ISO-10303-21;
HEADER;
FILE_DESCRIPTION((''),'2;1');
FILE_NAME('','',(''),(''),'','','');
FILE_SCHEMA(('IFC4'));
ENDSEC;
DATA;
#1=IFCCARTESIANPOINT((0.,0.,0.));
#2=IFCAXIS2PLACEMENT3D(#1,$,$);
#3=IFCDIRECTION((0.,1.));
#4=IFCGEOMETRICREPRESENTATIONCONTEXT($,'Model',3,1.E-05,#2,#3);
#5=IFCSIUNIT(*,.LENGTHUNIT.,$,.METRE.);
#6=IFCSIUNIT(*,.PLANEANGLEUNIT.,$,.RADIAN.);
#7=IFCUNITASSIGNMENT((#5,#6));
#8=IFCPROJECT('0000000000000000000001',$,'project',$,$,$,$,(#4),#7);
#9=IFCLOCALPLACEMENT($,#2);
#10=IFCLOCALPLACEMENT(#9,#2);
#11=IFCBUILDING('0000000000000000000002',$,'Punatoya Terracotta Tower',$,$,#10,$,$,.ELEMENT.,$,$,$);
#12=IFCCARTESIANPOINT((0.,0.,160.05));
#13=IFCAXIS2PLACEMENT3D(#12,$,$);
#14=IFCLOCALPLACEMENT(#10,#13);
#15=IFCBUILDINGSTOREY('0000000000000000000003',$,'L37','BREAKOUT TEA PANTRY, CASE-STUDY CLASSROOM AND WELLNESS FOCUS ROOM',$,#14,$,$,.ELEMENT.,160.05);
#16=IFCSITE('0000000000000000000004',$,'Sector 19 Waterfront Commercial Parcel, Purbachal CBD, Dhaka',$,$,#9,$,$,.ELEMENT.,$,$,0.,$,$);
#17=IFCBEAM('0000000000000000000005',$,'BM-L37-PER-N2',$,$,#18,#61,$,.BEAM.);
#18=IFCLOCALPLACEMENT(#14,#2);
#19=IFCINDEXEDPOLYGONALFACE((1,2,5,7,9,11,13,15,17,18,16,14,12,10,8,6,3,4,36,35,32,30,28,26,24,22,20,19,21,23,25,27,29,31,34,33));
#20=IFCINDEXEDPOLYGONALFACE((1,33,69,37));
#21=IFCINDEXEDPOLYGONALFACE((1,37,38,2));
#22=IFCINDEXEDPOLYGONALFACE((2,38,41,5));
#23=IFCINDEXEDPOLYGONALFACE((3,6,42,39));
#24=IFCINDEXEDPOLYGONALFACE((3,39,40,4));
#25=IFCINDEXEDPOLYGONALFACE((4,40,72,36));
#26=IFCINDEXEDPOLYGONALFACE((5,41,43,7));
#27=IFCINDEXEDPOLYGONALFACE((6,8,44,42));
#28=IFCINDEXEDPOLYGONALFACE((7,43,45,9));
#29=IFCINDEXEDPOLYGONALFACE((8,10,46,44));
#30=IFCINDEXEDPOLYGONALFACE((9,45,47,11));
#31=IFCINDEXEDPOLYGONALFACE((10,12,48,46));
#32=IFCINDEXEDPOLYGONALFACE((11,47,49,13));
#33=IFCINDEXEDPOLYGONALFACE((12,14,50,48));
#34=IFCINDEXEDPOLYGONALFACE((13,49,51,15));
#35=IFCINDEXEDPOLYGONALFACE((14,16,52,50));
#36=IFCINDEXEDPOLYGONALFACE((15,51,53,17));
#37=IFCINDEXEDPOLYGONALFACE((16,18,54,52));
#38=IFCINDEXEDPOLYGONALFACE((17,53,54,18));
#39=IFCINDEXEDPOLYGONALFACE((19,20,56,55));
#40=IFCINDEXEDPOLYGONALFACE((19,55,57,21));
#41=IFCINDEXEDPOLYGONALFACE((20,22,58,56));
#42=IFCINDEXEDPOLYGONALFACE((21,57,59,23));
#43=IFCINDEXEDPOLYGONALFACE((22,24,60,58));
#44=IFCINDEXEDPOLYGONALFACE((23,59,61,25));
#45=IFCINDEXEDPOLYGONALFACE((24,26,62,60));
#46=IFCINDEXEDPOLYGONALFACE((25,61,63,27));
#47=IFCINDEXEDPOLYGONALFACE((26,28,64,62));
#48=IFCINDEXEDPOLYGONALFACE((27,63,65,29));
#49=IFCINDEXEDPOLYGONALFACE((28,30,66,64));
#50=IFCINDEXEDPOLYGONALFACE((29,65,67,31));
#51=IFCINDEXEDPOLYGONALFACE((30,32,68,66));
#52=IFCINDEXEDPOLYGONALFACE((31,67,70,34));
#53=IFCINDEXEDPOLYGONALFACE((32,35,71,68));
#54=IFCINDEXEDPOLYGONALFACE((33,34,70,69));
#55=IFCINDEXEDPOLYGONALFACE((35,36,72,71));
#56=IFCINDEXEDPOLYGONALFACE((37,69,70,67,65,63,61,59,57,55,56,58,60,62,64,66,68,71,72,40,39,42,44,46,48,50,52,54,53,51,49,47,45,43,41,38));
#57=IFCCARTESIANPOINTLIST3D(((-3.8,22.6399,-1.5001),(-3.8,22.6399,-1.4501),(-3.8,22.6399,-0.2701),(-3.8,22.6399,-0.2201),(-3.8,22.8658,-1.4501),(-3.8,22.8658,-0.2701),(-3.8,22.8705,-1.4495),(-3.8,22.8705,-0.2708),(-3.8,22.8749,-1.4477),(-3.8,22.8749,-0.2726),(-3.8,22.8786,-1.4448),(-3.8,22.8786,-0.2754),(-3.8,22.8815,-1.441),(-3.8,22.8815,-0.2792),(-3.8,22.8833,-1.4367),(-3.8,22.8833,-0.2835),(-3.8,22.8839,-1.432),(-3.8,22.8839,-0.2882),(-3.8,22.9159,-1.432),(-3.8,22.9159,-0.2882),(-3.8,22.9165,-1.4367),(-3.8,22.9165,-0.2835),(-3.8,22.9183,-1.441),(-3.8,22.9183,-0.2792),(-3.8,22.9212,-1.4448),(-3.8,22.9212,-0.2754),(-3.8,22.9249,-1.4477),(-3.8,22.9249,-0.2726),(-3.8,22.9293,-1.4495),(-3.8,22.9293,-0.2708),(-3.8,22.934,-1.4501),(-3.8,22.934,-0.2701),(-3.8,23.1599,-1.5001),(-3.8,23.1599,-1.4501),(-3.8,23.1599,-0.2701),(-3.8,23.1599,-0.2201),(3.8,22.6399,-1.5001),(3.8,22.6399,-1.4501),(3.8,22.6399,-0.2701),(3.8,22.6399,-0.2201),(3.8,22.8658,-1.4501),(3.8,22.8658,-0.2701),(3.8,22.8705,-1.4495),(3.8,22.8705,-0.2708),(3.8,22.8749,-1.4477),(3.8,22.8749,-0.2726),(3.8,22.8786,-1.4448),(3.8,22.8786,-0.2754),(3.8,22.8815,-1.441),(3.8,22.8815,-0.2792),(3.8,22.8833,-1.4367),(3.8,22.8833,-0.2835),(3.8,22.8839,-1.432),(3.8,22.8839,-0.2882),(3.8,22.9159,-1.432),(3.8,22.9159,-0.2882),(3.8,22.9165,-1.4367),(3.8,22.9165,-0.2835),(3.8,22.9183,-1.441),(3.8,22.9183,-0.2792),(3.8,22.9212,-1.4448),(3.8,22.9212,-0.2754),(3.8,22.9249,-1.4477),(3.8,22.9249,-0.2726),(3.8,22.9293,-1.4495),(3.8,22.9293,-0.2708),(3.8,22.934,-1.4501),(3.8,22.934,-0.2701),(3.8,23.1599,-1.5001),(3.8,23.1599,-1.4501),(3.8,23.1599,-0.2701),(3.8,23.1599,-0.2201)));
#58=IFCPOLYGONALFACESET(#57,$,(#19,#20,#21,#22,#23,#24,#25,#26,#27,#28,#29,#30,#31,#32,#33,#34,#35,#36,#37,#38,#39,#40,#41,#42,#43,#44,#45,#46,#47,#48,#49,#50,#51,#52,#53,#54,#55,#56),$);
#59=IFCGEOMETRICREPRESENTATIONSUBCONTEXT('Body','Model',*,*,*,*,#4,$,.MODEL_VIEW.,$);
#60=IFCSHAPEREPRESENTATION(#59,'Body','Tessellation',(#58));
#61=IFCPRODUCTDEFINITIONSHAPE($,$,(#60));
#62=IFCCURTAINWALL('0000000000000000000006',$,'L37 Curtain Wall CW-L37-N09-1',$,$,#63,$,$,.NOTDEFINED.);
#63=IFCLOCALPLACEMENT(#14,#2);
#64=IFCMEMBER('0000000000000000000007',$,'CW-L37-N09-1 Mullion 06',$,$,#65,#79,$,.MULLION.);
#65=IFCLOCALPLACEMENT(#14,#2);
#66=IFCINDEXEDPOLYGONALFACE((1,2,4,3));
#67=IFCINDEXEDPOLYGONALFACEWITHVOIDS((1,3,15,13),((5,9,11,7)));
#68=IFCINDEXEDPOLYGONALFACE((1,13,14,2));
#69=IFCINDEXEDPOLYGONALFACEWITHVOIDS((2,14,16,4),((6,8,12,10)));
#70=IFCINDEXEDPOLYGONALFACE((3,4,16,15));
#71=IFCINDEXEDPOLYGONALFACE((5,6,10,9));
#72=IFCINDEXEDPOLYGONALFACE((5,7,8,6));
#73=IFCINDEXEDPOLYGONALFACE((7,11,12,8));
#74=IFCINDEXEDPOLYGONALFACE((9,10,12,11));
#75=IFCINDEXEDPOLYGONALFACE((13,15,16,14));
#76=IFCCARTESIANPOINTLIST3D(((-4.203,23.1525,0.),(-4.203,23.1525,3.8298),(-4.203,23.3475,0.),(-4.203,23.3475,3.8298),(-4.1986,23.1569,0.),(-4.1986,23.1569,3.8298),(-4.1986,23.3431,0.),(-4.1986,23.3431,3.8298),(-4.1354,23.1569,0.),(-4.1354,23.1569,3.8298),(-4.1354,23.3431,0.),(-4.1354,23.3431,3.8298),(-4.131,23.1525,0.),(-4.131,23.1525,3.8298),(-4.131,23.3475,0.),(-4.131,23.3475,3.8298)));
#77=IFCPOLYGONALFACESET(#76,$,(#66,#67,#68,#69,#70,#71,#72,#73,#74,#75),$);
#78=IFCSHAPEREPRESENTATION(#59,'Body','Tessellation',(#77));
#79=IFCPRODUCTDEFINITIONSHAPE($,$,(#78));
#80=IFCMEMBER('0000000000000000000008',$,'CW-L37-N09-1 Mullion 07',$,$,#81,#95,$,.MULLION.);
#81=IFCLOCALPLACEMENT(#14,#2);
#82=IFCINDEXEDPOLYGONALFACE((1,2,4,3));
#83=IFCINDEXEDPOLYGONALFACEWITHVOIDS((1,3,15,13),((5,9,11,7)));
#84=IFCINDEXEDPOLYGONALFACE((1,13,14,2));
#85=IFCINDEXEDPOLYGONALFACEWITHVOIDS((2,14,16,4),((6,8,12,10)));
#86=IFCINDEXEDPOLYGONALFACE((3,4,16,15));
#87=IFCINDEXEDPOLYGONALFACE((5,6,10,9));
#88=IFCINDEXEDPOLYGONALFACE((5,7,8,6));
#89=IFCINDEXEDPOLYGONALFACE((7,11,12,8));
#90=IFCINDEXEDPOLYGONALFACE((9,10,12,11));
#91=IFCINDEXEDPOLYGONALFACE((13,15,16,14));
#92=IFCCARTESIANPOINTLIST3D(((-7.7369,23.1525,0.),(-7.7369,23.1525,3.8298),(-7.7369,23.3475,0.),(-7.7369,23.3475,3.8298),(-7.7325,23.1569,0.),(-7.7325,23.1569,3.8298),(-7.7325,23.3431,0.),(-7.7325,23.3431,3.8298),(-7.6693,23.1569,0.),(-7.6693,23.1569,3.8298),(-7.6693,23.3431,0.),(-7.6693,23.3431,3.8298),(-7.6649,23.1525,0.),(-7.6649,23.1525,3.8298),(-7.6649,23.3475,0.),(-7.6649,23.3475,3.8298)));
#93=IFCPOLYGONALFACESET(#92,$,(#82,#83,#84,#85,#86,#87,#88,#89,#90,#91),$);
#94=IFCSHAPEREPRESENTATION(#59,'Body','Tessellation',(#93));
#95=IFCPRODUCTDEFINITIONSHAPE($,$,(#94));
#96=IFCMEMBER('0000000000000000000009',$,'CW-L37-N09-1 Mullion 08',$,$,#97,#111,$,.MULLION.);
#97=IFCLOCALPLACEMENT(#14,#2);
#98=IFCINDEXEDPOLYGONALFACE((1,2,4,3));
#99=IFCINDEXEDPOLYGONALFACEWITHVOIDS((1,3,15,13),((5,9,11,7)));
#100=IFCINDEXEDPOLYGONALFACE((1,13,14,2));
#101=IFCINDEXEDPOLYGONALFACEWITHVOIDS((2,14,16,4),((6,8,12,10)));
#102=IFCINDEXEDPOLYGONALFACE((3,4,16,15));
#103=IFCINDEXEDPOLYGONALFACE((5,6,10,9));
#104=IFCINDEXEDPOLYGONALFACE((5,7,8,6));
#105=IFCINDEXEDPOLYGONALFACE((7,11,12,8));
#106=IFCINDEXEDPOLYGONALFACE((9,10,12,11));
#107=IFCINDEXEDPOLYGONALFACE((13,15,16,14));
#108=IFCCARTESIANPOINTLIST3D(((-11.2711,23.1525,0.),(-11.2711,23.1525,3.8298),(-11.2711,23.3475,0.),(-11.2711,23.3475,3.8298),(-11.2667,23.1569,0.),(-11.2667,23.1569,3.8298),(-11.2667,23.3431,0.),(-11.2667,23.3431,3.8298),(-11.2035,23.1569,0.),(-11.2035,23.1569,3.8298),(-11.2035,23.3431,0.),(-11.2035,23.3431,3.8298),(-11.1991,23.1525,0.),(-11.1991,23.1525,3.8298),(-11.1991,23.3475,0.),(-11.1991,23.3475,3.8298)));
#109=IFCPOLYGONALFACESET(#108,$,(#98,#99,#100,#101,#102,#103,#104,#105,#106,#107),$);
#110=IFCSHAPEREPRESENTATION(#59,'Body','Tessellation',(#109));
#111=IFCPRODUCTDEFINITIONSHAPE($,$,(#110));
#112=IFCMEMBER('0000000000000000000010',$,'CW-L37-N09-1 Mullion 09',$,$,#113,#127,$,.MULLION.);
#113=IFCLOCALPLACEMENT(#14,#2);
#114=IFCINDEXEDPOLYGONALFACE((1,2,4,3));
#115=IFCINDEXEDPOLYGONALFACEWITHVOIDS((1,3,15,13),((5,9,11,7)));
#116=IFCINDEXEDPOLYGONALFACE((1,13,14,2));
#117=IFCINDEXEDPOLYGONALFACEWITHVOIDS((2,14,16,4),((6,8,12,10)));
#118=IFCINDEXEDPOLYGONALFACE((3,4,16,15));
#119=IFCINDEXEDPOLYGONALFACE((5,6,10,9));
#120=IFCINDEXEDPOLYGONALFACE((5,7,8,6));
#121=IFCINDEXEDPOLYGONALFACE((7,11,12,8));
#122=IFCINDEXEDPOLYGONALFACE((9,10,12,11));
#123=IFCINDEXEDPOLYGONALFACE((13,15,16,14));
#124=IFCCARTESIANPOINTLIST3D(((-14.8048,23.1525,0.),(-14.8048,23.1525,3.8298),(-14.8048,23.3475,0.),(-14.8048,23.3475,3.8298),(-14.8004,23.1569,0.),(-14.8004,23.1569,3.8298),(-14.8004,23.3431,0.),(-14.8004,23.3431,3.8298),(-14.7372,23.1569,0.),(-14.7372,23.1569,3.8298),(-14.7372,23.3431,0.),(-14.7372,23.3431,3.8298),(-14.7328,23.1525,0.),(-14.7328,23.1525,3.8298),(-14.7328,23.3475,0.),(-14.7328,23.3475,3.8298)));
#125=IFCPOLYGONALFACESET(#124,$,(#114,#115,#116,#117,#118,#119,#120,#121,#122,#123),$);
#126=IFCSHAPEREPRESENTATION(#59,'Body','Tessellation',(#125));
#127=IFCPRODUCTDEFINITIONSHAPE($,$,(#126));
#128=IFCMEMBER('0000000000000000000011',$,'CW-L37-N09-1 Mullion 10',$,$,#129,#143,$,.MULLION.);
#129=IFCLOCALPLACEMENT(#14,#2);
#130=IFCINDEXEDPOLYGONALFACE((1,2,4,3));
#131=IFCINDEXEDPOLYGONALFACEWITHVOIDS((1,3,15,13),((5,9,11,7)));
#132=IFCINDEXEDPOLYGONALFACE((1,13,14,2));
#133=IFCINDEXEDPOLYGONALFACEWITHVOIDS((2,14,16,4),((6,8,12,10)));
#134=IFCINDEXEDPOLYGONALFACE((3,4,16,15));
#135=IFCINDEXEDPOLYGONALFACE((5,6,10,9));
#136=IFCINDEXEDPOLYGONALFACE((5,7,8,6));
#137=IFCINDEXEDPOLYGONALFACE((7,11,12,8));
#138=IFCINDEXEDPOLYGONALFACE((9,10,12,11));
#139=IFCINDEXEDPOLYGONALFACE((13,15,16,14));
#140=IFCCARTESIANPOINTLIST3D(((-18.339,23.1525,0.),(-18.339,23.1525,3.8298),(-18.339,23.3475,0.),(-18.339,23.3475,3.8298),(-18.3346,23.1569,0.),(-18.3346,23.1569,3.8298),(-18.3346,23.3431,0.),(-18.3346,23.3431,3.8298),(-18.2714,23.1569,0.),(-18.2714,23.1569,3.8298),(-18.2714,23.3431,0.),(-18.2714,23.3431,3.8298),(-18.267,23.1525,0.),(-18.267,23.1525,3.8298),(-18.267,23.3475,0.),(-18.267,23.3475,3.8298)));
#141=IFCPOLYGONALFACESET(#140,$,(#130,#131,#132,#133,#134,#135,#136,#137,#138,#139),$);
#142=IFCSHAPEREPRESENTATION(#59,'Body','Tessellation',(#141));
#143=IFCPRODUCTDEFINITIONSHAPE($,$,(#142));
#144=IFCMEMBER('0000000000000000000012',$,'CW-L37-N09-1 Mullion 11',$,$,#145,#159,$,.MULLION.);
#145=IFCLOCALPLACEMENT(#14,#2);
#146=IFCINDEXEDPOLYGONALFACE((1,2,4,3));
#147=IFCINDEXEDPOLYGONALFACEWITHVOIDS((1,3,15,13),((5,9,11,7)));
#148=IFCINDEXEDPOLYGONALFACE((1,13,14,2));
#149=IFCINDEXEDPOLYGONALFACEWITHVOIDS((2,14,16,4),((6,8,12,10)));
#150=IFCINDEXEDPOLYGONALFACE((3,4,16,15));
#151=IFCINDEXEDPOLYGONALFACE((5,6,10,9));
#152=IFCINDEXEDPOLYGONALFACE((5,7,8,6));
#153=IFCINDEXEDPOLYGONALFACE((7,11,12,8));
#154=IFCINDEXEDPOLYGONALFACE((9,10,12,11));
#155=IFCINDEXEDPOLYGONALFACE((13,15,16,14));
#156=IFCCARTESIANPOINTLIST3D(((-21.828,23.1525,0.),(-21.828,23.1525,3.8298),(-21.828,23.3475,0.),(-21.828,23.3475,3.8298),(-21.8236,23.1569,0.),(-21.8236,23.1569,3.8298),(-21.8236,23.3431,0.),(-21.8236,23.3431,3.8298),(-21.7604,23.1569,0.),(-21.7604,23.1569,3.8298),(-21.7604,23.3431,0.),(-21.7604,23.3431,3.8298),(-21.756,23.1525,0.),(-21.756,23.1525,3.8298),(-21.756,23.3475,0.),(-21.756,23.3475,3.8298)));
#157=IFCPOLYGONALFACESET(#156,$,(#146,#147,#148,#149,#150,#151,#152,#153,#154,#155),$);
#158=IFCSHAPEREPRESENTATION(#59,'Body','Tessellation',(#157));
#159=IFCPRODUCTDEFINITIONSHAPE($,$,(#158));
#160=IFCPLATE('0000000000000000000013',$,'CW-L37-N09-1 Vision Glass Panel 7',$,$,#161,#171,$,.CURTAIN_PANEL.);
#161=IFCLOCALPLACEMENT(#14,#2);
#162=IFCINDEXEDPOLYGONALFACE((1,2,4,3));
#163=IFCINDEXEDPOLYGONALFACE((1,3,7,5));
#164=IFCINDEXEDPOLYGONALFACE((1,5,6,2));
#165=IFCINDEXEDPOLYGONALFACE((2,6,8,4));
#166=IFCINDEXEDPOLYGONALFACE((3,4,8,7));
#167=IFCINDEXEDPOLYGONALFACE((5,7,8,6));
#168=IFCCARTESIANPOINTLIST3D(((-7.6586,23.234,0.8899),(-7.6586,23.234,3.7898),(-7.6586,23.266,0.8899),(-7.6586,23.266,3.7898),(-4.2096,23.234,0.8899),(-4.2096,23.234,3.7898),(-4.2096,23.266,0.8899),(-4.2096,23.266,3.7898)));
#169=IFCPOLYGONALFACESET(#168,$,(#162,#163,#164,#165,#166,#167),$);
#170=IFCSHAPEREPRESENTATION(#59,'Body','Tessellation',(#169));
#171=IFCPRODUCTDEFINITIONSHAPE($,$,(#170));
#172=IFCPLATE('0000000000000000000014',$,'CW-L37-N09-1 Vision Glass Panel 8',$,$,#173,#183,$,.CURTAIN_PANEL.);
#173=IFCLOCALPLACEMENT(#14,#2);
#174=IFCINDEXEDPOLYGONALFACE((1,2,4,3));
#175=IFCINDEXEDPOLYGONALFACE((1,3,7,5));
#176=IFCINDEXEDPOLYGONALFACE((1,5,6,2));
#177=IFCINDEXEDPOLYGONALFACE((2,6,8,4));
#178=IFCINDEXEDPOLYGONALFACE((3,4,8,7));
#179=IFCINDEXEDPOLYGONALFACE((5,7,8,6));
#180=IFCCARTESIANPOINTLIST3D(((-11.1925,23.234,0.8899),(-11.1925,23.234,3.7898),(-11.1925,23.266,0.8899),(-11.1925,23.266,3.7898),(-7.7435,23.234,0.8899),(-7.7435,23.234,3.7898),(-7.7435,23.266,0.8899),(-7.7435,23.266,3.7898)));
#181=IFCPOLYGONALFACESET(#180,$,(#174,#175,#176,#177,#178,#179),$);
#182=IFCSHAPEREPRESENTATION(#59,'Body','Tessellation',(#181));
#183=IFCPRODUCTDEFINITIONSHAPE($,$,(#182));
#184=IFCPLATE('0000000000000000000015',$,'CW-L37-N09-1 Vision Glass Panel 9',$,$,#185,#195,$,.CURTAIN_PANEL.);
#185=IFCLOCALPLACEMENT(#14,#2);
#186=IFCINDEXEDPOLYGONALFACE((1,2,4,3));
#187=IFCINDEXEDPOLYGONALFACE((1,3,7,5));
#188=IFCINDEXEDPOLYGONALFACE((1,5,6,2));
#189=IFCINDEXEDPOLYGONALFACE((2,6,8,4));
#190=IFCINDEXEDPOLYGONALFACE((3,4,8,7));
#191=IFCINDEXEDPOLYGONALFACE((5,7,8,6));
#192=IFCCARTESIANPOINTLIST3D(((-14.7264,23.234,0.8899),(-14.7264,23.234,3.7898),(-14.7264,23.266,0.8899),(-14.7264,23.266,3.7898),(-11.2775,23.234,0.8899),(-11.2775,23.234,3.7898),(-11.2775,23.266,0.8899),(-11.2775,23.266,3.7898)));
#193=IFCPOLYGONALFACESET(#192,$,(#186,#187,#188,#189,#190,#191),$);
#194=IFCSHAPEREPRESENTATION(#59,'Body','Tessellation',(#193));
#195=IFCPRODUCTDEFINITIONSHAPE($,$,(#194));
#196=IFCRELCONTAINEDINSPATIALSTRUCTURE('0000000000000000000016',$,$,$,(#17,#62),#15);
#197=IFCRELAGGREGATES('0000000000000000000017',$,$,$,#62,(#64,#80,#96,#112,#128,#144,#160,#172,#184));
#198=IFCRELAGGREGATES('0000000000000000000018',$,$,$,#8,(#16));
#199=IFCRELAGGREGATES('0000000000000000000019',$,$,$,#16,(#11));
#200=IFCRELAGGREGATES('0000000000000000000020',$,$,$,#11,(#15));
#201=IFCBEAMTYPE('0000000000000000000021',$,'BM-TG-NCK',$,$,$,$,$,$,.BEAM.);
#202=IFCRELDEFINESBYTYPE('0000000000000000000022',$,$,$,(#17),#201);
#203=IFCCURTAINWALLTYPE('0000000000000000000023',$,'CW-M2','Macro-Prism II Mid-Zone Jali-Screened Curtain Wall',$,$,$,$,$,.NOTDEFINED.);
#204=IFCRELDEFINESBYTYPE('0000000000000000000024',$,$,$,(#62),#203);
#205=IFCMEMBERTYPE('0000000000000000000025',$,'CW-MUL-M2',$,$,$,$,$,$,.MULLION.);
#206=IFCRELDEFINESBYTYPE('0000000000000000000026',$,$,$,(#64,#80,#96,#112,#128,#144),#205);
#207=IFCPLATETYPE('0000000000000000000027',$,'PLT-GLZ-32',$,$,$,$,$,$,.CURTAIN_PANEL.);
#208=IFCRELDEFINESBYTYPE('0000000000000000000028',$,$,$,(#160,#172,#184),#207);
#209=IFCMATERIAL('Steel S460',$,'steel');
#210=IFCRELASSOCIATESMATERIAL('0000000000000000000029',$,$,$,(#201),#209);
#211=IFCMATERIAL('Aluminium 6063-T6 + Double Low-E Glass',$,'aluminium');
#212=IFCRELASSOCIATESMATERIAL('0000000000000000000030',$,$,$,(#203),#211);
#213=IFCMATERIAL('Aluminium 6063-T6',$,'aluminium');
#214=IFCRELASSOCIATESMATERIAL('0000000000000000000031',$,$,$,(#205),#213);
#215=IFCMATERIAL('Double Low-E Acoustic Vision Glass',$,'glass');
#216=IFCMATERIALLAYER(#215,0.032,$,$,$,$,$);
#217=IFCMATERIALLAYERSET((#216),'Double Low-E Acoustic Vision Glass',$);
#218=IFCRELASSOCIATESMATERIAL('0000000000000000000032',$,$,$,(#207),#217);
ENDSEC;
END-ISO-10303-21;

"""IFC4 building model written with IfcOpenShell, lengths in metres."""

from ifc_helpers import new_model, si_unit, direction, frame, origin, origin_2d, place, context, subcontext, project, spatial, rectangle, hollow_rectangle, i_section, extrude, material, layer, layer_set, material_profile, profile_set, type_object, element, aggregate, save


model = new_model("IFC4")

# Units and contexts
model_context = context("Model", 3, precision=1e-05, world=origin(), true_north=direction((0.0, 1.0)))
body_context = subcontext(model_context, "Body", "Model", "MODEL_VIEW")
ifc_project = project(units=[si_unit("LENGTHUNIT", "METRE"), si_unit("PLANEANGLEUNIT", "RADIAN")], contexts=[model_context])

# Site, building, storey
site_placement = place(None, origin())
site = spatial("IfcSite", under=ifc_project, at=site_placement, Name="Sector 19 Waterfront Commercial Parcel, Purbachal CBD, Dhaka", CompositionType="ELEMENT", RefElevation=0.0)
building_placement = place(site_placement, origin())
building = spatial("IfcBuilding", under=site, at=building_placement, Name="Punatoya Terracotta Tower", CompositionType="ELEMENT")
storey_placement = place(building_placement, frame((0.0, 0.0, 160.05)))
storey = spatial("IfcBuildingStorey", under=building, at=storey_placement, Name="L37", Description="BREAKOUT TEA PANTRY, CASE-STUDY CLASSROOM AND WELLNESS FOCUS ROOM", CompositionType="ELEMENT", Elevation=160.05)

# Shared definitions
ifc_material_1 = material(Name="Steel S460", Category="steel")

# Beam
ifc_material_profile_1 = material_profile(ifc_material_1, i_section(OverallWidth=0.52, OverallDepth=1.28, WebThickness=0.032, FlangeThickness=0.05, FilletRadius=0.0181, at=origin_2d()))
ifc_profile_set_1 = profile_set([ifc_material_profile_1], Name="Steel S460")
beam_type_1 = type_object("IfcBeamType", Name="BM-TG-NCK", PredefinedType="BEAM", material=ifc_profile_set_1)
beam_1_placement = place(storey_placement, frame((-3.8, 22.8999, -0.8601), z_axis=(1.0, 0.0, 0.0), x_axis=(0.0, 1.0, 0.0)))
element("IfcBeam", 1, at=beam_1_placement, inside=storey, type_object=beam_type_1, Name="BM-L37-PER-N2", PredefinedType="BEAM", context=body_context, shape_type="SweptSolid", body=[
    extrude(i_section(OverallWidth=0.52, OverallDepth=1.28, WebThickness=0.032, FlangeThickness=0.05, FilletRadius=0.0181, at=origin_2d()), origin(), (0.0, 0.0, 1.0), 7.6001),
])

# Curtain wall, members, plates
ifc_material_2 = material(Name="Aluminium 6063-T6 + Double Low-E Glass", Category="aluminium")
curtain_wall_type = type_object("IfcCurtainWallType", Name="CW-M2", Description="Macro-Prism II Mid-Zone Jali-Screened Curtain Wall", PredefinedType="NOTDEFINED", material=ifc_material_2)
curtain_wall_placement = place(storey_placement, origin())
curtain_wall = element("IfcCurtainWall", 2, at=curtain_wall_placement, inside=storey, type_object=curtain_wall_type, Name="L37 Curtain Wall CW-L37-N09-1", PredefinedType="NOTDEFINED")
ifc_material_3 = material(Name="Aluminium 6063-T6", Category="aluminium")
ifc_material_profile_2 = material_profile(ifc_material_3, hollow_rectangle(XDim=0.072, YDim=0.1951, WallThickness=0.0044, at=origin_2d()))
ifc_profile_set_2 = profile_set([ifc_material_profile_2], Name="Aluminium 6063-T6")
member_type = type_object("IfcMemberType", Name="CW-MUL-M2", PredefinedType="MULLION", material=ifc_profile_set_2)
member_1_placement = place(storey_placement, frame((-4.167, 23.25, 0.0), z_axis=(0.0, 0.0, 1.0), x_axis=(1.0, 0.0, 0.0)))
member_1 = element("IfcMember", 3, at=member_1_placement, type_object=member_type, Name="CW-L37-N09-1 Mullion 06", PredefinedType="MULLION", context=body_context, shape_type="SweptSolid", body=[
    extrude(hollow_rectangle(XDim=0.072, YDim=0.1951, WallThickness=0.0044, at=origin_2d()), origin(), (0.0, 0.0, 1.0), 3.8298),
])
member_2_placement = place(storey_placement, frame((-7.7009, 23.25, 0.0), z_axis=(0.0, 0.0, 1.0), x_axis=(1.0, 0.0, 0.0)))
member_2 = element("IfcMember", 4, at=member_2_placement, type_object=member_type, Name="CW-L37-N09-1 Mullion 07", PredefinedType="MULLION", context=body_context, shape_type="SweptSolid", body=[
    extrude(hollow_rectangle(XDim=0.072, YDim=0.1951, WallThickness=0.0044, at=origin_2d()), origin(), (0.0, 0.0, 1.0), 3.8298),
])
member_3_placement = place(storey_placement, frame((-11.2351, 23.25, 0.0), z_axis=(0.0, 0.0, 1.0), x_axis=(1.0, 0.0, 0.0)))
member_3 = element("IfcMember", 5, at=member_3_placement, type_object=member_type, Name="CW-L37-N09-1 Mullion 08", PredefinedType="MULLION", context=body_context, shape_type="SweptSolid", body=[
    extrude(hollow_rectangle(XDim=0.072, YDim=0.1951, WallThickness=0.0044, at=origin_2d()), origin(), (0.0, 0.0, 1.0), 3.8298),
])
member_4_placement = place(storey_placement, frame((-14.7688, 23.25, 0.0), z_axis=(0.0, 0.0, 1.0), x_axis=(1.0, 0.0, 0.0)))
member_4 = element("IfcMember", 6, at=member_4_placement, type_object=member_type, Name="CW-L37-N09-1 Mullion 09", PredefinedType="MULLION", context=body_context, shape_type="SweptSolid", body=[
    extrude(hollow_rectangle(XDim=0.072, YDim=0.1951, WallThickness=0.0044, at=origin_2d()), origin(), (0.0, 0.0, 1.0), 3.8298),
])
member_5_placement = place(storey_placement, frame((-18.303, 23.25, 0.0), z_axis=(0.0, 0.0, 1.0), x_axis=(1.0, 0.0, 0.0)))
member_5 = element("IfcMember", 7, at=member_5_placement, type_object=member_type, Name="CW-L37-N09-1 Mullion 10", PredefinedType="MULLION", context=body_context, shape_type="SweptSolid", body=[
    extrude(hollow_rectangle(XDim=0.072, YDim=0.1951, WallThickness=0.0044, at=origin_2d()), origin(), (0.0, 0.0, 1.0), 3.8298),
])
member_6_placement = place(storey_placement, frame((-21.792, 23.25, 0.0), z_axis=(0.0, 0.0, 1.0), x_axis=(1.0, 0.0, 0.0)))
member_6 = element("IfcMember", 8, at=member_6_placement, type_object=member_type, Name="CW-L37-N09-1 Mullion 11", PredefinedType="MULLION", context=body_context, shape_type="SweptSolid", body=[
    extrude(hollow_rectangle(XDim=0.072, YDim=0.1951, WallThickness=0.0044, at=origin_2d()), origin(), (0.0, 0.0, 1.0), 3.8298),
])
ifc_material_4 = material(Name="Double Low-E Acoustic Vision Glass", Category="glass")
ifc_layer_1 = layer(ifc_material_4, 0.032)
ifc_layer_set_1 = layer_set([ifc_layer_1], Name="Double Low-E Acoustic Vision Glass")
plate_type_1 = type_object("IfcPlateType", Name="PLT-GLZ-32", PredefinedType="CURTAIN_PANEL", material=ifc_layer_set_1)
plate_1_placement = place(storey_placement, frame((-5.9341, 23.25, 0.8899), z_axis=(0.0, 0.0, 1.0), x_axis=(-1.0, 0.0, 0.0)))
plate_1 = element("IfcPlate", 9, at=plate_1_placement, type_object=plate_type_1, Name="CW-L37-N09-1 Vision Glass Panel 7", PredefinedType="CURTAIN_PANEL", context=body_context, shape_type="SweptSolid", body=[
    extrude(rectangle(XDim=3.449, YDim=0.032, at=origin_2d()), origin(), (0.0, 0.0, 1.0), 2.8999),
])
plate_2_placement = place(storey_placement, frame((-9.468, 23.25, 0.8899), z_axis=(0.0, 0.0, 1.0), x_axis=(-1.0, 0.0, 0.0)))
plate_2 = element("IfcPlate", 10, at=plate_2_placement, type_object=plate_type_1, Name="CW-L37-N09-1 Vision Glass Panel 8", PredefinedType="CURTAIN_PANEL", context=body_context, shape_type="SweptSolid", body=[
    extrude(rectangle(XDim=3.449, YDim=0.032, at=origin_2d()), origin(), (0.0, 0.0, 1.0), 2.8999),
])
plate_3_placement = place(storey_placement, frame((-13.002, 23.25, 0.8899), z_axis=(0.0, 0.0, 1.0), x_axis=(-1.0, 0.0, 0.0)))
plate_3 = element("IfcPlate", 11, at=plate_3_placement, type_object=plate_type_1, Name="CW-L37-N09-1 Vision Glass Panel 9", PredefinedType="CURTAIN_PANEL", context=body_context, shape_type="SweptSolid", body=[
    extrude(rectangle(XDim=3.449, YDim=0.032, at=origin_2d()), origin(), (0.0, 0.0, 1.0), 2.8999),
])
aggregate(curtain_wall, [member_1, member_2, member_3, member_4, member_5, member_6, plate_1, plate_2, plate_3])

save(model, "model.ifc")
